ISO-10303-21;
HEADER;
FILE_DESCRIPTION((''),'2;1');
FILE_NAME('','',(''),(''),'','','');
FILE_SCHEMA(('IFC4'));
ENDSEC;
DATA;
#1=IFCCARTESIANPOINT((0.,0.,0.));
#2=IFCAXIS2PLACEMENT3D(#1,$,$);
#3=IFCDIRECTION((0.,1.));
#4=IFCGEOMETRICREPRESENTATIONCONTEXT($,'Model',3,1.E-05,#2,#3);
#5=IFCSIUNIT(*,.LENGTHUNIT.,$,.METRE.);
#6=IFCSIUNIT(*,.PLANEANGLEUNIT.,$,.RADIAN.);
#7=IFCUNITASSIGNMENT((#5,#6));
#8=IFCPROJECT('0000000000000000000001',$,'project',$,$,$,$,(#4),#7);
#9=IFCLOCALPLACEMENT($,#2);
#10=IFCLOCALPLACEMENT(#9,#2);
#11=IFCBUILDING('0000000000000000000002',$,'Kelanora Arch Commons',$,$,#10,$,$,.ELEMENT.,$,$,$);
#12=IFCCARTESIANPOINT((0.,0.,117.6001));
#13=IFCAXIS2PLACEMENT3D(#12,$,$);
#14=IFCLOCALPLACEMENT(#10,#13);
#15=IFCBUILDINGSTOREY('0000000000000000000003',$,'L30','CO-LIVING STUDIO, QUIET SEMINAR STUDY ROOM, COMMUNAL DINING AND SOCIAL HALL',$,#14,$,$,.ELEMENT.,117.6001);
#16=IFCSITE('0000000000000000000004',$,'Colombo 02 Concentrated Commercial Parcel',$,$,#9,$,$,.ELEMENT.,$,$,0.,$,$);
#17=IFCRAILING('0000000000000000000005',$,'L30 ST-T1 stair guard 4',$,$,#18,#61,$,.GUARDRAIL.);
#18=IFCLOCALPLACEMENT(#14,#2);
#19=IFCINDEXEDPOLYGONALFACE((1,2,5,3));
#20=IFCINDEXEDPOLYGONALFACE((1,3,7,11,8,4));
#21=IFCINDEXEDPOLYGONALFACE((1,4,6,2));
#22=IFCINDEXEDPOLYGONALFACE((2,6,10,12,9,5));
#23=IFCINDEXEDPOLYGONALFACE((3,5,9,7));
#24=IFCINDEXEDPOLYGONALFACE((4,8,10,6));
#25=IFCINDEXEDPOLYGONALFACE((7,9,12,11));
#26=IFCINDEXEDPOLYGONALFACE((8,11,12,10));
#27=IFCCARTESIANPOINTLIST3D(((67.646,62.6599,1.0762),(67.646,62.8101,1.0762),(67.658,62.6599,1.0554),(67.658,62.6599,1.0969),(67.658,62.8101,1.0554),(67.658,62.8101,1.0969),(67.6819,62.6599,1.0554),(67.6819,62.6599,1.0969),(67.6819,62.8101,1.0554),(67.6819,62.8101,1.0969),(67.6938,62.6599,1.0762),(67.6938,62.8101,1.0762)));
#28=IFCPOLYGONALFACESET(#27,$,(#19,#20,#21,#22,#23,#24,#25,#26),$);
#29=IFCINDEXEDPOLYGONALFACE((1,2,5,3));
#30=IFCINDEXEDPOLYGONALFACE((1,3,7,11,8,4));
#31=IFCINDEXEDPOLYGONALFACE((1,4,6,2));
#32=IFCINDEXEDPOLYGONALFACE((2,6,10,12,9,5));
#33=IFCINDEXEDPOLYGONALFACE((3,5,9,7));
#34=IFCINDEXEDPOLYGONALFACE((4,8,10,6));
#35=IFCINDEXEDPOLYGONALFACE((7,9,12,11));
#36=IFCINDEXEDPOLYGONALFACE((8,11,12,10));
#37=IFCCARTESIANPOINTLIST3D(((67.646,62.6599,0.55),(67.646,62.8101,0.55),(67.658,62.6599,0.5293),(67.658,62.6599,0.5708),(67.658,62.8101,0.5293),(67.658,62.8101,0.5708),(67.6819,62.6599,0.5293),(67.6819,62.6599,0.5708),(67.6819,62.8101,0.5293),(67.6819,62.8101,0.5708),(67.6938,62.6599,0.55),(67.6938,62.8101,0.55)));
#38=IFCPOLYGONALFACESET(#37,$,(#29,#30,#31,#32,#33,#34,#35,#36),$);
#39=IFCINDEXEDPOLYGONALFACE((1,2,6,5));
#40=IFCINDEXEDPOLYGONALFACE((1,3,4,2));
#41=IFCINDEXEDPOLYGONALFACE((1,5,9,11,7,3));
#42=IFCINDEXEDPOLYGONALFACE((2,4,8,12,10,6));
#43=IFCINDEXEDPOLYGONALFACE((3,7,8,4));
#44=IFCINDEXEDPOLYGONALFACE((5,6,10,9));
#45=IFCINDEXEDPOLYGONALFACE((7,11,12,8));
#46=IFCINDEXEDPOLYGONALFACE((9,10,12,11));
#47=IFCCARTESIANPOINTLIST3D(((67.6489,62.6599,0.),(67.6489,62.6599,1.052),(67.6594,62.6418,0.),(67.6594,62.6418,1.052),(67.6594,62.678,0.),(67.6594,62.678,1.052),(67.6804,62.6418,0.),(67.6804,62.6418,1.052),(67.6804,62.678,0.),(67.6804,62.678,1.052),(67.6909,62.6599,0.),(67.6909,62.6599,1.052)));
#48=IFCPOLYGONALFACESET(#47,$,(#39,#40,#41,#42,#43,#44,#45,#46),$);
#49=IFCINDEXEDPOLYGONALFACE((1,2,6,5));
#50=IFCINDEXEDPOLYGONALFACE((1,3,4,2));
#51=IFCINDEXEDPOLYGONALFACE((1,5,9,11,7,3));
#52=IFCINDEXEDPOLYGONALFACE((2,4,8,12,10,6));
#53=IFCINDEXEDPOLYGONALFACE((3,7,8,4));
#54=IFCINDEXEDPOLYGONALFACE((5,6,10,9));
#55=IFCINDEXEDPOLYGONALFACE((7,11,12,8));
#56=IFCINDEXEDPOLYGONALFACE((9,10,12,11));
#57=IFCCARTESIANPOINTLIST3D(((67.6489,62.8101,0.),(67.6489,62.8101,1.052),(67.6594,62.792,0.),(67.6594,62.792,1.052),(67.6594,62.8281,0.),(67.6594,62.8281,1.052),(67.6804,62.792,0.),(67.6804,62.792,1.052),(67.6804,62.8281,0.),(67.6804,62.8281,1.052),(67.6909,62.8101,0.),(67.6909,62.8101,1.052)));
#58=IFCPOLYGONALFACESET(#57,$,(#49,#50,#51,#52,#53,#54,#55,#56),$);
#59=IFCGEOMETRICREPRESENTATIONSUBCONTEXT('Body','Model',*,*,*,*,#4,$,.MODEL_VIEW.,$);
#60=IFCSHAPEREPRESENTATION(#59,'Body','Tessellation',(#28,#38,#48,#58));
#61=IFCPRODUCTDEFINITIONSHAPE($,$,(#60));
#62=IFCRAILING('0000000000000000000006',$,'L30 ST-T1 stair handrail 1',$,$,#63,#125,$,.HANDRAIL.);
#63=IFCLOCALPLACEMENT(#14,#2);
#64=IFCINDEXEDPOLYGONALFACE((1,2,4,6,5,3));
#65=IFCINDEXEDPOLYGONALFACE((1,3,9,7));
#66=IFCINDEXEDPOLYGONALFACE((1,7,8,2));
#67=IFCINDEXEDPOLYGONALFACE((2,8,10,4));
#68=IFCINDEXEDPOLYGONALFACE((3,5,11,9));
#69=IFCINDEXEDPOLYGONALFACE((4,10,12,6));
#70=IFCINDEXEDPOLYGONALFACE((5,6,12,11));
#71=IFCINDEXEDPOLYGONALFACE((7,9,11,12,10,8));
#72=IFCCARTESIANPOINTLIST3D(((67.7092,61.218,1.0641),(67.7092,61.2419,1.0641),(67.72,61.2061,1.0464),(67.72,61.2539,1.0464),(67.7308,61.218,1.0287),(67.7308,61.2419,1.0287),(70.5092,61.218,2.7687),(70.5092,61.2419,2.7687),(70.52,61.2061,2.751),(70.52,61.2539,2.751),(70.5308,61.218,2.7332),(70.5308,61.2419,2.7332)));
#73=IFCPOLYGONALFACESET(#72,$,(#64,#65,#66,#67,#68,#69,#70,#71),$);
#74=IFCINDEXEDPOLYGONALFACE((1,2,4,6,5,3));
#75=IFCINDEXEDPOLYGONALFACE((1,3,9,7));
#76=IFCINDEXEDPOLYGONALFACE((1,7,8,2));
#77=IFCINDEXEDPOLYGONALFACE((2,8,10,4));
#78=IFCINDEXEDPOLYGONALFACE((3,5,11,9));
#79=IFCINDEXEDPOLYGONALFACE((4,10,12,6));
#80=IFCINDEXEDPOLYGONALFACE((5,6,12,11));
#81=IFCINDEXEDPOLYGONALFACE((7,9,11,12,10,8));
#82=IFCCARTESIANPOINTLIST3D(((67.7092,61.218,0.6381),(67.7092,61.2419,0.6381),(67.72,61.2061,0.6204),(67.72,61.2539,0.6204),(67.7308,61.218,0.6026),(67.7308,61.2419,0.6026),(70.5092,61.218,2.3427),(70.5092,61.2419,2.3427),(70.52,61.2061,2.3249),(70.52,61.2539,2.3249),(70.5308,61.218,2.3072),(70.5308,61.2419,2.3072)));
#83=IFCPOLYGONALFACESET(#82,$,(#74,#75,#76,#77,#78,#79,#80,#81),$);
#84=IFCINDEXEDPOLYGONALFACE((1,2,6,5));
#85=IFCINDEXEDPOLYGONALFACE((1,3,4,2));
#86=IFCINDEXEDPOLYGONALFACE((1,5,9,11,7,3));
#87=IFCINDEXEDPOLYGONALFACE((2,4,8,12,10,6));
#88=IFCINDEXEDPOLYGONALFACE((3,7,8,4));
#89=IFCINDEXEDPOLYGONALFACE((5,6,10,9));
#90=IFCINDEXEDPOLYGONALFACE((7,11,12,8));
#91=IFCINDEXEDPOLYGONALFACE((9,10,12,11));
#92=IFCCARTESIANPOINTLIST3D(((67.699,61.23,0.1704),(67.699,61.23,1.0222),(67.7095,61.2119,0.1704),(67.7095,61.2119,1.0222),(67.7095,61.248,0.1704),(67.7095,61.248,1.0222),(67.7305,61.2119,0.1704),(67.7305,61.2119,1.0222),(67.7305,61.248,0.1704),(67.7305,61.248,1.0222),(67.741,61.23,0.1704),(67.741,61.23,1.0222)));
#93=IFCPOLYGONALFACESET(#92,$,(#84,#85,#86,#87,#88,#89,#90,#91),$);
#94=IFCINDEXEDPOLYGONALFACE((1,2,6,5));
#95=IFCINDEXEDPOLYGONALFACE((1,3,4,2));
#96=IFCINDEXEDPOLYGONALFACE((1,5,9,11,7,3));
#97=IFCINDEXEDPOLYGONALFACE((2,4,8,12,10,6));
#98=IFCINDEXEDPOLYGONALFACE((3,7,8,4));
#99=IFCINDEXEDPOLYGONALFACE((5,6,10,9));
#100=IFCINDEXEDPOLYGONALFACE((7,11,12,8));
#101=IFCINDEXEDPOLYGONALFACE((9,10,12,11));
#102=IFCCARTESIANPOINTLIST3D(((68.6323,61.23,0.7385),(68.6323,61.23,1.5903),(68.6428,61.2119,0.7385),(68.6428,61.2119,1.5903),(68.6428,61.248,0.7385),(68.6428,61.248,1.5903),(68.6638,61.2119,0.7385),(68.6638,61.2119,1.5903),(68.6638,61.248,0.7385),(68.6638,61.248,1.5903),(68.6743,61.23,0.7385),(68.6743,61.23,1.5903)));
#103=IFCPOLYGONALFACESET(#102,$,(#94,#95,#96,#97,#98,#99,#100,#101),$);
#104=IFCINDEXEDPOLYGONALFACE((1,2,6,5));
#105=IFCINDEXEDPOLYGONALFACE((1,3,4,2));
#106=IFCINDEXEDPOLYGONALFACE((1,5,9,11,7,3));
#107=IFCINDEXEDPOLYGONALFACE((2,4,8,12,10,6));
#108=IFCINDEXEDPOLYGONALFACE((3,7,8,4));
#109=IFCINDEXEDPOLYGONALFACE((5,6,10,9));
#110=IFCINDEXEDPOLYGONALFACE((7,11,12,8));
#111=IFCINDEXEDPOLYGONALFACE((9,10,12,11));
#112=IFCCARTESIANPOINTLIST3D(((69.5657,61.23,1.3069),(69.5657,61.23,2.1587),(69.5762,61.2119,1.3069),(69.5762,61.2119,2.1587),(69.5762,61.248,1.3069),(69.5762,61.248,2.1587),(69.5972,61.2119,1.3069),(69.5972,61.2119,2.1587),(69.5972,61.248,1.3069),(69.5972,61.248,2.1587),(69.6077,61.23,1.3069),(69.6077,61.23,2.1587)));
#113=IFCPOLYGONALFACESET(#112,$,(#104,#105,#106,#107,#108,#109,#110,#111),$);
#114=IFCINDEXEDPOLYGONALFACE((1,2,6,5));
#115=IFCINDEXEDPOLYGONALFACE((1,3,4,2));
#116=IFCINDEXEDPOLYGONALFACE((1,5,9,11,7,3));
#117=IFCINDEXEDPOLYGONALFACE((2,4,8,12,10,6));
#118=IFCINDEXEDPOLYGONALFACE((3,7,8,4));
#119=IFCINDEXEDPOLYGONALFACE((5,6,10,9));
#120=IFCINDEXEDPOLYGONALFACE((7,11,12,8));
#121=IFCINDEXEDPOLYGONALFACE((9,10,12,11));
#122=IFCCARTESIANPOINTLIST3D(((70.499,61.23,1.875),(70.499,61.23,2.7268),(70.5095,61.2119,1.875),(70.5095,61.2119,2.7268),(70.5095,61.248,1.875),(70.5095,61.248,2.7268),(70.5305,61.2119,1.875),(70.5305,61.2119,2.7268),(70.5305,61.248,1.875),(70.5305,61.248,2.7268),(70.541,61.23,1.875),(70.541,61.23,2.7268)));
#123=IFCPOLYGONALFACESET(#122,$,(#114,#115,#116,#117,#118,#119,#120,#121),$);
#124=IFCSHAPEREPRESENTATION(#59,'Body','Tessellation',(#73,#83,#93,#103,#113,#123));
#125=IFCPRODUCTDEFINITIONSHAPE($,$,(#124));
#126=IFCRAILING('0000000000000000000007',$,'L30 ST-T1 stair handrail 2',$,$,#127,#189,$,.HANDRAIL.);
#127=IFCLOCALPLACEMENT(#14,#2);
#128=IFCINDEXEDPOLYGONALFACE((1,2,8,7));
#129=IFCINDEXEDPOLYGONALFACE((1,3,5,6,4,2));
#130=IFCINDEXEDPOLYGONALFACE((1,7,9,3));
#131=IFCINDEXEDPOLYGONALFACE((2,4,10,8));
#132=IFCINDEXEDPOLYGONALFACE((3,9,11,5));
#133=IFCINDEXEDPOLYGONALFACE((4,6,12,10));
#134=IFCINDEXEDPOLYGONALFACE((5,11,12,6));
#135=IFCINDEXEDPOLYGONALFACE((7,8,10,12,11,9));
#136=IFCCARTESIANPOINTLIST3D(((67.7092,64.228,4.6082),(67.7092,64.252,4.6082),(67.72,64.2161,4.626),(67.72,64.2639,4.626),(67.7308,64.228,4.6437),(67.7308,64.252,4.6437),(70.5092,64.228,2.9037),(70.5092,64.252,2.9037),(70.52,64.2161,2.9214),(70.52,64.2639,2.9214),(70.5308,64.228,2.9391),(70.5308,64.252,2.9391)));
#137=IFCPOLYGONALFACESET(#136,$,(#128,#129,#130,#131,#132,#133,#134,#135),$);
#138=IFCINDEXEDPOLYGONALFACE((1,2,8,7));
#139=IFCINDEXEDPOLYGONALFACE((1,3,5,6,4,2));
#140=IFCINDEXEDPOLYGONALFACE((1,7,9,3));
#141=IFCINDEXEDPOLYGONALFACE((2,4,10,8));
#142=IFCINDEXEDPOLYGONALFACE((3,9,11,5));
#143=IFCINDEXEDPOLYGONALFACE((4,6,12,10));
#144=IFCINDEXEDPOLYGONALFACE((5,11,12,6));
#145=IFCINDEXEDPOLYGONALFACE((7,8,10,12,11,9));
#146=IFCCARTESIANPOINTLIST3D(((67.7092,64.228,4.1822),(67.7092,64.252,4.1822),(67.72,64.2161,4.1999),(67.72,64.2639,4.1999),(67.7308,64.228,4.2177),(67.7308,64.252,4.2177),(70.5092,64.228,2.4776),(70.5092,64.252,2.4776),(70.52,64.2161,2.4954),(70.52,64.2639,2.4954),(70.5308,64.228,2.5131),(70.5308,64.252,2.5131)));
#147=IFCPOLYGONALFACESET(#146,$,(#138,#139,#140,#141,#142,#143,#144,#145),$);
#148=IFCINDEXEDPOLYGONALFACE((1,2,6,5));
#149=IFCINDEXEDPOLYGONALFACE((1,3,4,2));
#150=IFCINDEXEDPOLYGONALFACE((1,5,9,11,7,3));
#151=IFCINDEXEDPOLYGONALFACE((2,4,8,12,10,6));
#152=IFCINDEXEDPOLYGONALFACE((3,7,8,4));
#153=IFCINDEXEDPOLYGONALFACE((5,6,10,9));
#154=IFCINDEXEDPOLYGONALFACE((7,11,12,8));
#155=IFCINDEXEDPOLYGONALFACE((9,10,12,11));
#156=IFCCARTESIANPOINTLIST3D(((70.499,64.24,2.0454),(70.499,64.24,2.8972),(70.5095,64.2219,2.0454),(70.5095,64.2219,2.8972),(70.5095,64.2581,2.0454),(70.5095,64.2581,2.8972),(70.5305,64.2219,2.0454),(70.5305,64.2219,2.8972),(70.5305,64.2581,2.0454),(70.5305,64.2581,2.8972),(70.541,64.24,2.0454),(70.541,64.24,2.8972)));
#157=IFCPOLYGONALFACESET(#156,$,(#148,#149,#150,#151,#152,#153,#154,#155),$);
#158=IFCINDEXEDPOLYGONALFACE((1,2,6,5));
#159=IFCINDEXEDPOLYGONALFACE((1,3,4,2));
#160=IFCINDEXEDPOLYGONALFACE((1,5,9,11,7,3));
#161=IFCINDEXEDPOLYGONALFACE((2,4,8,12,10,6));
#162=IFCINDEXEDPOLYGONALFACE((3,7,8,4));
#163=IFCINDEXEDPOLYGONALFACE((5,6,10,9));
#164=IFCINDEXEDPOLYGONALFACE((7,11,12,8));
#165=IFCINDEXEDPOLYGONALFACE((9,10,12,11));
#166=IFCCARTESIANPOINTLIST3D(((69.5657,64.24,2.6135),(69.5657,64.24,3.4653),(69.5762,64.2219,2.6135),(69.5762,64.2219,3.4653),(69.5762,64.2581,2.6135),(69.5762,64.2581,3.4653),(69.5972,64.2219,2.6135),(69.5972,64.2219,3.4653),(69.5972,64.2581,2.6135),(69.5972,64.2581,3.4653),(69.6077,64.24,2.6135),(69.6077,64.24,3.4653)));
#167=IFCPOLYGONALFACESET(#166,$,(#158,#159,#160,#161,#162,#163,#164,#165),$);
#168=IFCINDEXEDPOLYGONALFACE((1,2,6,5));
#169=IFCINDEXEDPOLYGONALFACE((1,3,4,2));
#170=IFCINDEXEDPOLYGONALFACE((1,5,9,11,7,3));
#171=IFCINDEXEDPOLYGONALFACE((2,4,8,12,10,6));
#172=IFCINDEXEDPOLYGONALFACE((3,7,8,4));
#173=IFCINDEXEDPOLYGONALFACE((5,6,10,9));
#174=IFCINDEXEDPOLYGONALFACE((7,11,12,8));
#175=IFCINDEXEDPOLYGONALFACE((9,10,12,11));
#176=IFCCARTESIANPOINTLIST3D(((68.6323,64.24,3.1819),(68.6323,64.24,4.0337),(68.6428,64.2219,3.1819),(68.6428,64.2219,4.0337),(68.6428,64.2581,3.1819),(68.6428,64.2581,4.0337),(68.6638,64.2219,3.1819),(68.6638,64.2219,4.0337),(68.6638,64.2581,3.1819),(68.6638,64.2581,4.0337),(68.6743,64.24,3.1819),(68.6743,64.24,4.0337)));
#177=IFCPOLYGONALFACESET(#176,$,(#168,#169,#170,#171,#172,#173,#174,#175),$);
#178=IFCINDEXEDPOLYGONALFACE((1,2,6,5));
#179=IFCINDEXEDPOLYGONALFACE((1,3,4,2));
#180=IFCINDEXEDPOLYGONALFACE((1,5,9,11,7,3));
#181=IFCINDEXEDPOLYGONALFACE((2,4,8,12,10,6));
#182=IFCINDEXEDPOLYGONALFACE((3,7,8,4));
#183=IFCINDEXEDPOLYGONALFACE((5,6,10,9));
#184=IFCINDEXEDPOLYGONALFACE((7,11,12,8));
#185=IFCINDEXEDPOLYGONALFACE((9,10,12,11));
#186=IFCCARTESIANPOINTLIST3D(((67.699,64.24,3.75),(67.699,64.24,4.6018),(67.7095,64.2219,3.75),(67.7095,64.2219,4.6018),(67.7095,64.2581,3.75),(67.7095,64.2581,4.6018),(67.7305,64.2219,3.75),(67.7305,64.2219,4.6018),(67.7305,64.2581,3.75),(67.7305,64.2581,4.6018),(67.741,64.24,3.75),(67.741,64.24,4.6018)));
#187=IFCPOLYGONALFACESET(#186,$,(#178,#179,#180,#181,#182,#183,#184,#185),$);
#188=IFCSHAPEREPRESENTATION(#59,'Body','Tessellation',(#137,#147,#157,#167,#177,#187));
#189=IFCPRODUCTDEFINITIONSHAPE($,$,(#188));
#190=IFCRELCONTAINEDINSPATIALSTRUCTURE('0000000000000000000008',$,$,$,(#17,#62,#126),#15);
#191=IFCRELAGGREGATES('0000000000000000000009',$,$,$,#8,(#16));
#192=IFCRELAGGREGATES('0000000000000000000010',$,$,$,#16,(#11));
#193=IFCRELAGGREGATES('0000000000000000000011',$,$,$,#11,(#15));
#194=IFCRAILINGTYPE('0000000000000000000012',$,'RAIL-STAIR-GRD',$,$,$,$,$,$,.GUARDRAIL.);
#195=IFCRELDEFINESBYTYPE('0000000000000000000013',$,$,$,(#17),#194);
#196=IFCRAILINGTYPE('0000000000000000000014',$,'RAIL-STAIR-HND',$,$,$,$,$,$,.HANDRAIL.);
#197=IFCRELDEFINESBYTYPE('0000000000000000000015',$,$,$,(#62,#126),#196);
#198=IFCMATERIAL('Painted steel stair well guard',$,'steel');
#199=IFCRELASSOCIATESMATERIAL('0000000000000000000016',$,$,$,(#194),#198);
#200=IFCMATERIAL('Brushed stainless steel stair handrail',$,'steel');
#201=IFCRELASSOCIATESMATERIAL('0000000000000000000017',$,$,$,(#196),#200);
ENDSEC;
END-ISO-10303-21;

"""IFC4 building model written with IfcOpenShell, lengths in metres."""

from ifc_helpers import new_model, si_unit, direction, frame, origin, place, context, subcontext, project, spatial, polyline, outline, extrude, material, type_object, element, save


model = new_model("IFC4")

# Units and contexts
model_context = context("Model", 3, precision=1e-05, world=origin(), true_north=direction((0.0, 1.0)))
body_context = subcontext(model_context, "Body", "Model", "MODEL_VIEW")
ifc_project = project(units=[si_unit("LENGTHUNIT", "METRE"), si_unit("PLANEANGLEUNIT", "RADIAN")], contexts=[model_context])

# Site, building, storey
site_placement = place(None, origin())
site = spatial("IfcSite", under=ifc_project, at=site_placement, Name="Colombo 02 Concentrated Commercial Parcel", CompositionType="ELEMENT", RefElevation=0.0)
building_placement = place(site_placement, origin())
building = spatial("IfcBuilding", under=site, at=building_placement, Name="Kelanora Arch Commons", CompositionType="ELEMENT")
storey_placement = place(building_placement, frame((0.0, 0.0, 117.6001)))
storey = spatial("IfcBuildingStorey", under=building, at=storey_placement, Name="L30", Description="CO-LIVING STUDIO, QUIET SEMINAR STUDY ROOM, COMMUNAL DINING AND SOCIAL HALL", CompositionType="ELEMENT", Elevation=117.6001)

# Railings
ifc_material_1 = material(Name="Painted steel stair well guard", Category="steel")
railing_type_1 = type_object("IfcRailingType", Name="RAIL-STAIR-GRD", PredefinedType="GUARDRAIL", material=ifc_material_1)
railing_1_placement = place(storey_placement, frame((67.6699, 62.6599, 0.0)))
element("IfcRailing", 1, at=railing_1_placement, inside=storey, type_object=railing_type_1, Name="L30 ST-T1 stair guard 4", PredefinedType="GUARDRAIL", context=body_context, shape_type="SweptSolid", body=[
    extrude(outline(polyline([(0.0239, 0.0), (0.012, 0.0208), (-0.012, 0.0208), (-0.0239, 0.0), (-0.012, -0.0208), (0.012, -0.0208), (0.0239, 0.0)])), frame((0.0, 0.0, 1.0762), z_axis=(0.0, 1.0, 0.0), x_axis=(-1.0, 0.0, 0.0)), (0.0, 0.0, 1.0), 0.1501),
    extrude(outline(polyline([(0.0239, 0.0), (0.012, 0.0208), (-0.012, 0.0208), (-0.0239, 0.0), (-0.012, -0.0208), (0.012, -0.0208), (0.0239, 0.0)])), frame((0.0, 0.0, 0.55), z_axis=(0.0, 1.0, 0.0), x_axis=(-1.0, 0.0, 0.0)), (0.0, 0.0, 1.0), 0.1501),
    extrude(outline(polyline([(0.021, 0.0), (0.0105, 0.0181), (-0.0105, 0.0181), (-0.021, 0.0), (-0.0105, -0.0181), (0.0105, -0.0181), (0.021, 0.0)])), origin(), (0.0, 0.0, 1.0), 1.052),
    extrude(outline(polyline([(0.021, 0.0), (0.0105, 0.0181), (-0.0105, 0.0181), (-0.021, 0.0), (-0.0105, -0.0181), (0.0105, -0.0181), (0.021, 0.0)])), frame((0.0, 0.1501, 0.0)), (0.0, 0.0, 1.0), 1.052),
])
ifc_material_2 = material(Name="Brushed stainless steel stair handrail", Category="steel")
railing_type_2 = type_object("IfcRailingType", Name="RAIL-STAIR-HND", PredefinedType="HANDRAIL", material=ifc_material_2)
railing_2_placement = place(storey_placement, frame((67.72, 61.23, 0.1704)))
element("IfcRailing", 2, at=railing_2_placement, inside=storey, type_object=railing_type_2, Name="L30 ST-T1 stair handrail 1", PredefinedType="HANDRAIL", context=body_context, shape_type="SweptSolid", body=[
    extrude(outline(polyline([(0.0239, 0.0), (0.012, 0.0208), (-0.012, 0.0208), (-0.0239, 0.0), (-0.012, -0.0208), (0.012, -0.0208), (0.0239, 0.0)])), frame((0.0, 0.0, 0.876), z_axis=(0.85417, 0.0, 0.519994), x_axis=(0.0, 1.0, 0.0)), (0.0, 0.0, 1.0), 3.2781),
    extrude(outline(polyline([(0.0239, 0.0), (0.012, 0.0208), (-0.012, 0.0208), (-0.0239, 0.0), (-0.012, -0.0208), (0.012, -0.0208), (0.0239, 0.0)])), frame((0.0, 0.0, 0.45), z_axis=(0.85417, 0.0, 0.519994), x_axis=(0.0, 1.0, 0.0)), (0.0, 0.0, 1.0), 3.2781),
    extrude(outline(polyline([(0.021, 0.0), (0.0105, 0.0181), (-0.0105, 0.0181), (-0.021, 0.0), (-0.0105, -0.0181), (0.0105, -0.0181), (0.021, 0.0)])), origin(), (0.0, 0.0, 1.0), 0.8518),
    extrude(outline(polyline([(0.021, 0.0), (0.0105, 0.0181), (-0.0105, 0.0181), (-0.021, 0.0), (-0.0105, -0.0181), (0.0105, -0.0181), (0.021, 0.0)])), frame((0.9333, 0.0, 0.5681)), (0.0, 0.0, 1.0), 0.8518),
    extrude(outline(polyline([(0.021, 0.0), (0.0105, 0.0181), (-0.0105, 0.0181), (-0.021, 0.0), (-0.0105, -0.0181), (0.0105, -0.0181), (0.021, 0.0)])), frame((1.8667, 0.0, 1.1365)), (0.0, 0.0, 1.0), 0.8518),
    extrude(outline(polyline([(0.021, 0.0), (0.0105, 0.0181), (-0.0105, 0.0181), (-0.021, 0.0), (-0.0105, -0.0181), (0.0105, -0.0181), (0.021, 0.0)])), frame((2.8, 0.0, 1.7046)), (0.0, 0.0, 1.0), 0.8518),
])
railing_3_placement = place(storey_placement, frame((70.52, 64.24, 2.0454)))
element("IfcRailing", 3, at=railing_3_placement, inside=storey, type_object=railing_type_2, Name="L30 ST-T1 stair handrail 2", PredefinedType="HANDRAIL", context=body_context, shape_type="SweptSolid", body=[
    extrude(outline(polyline([(0.0239, 0.0), (0.012, 0.0208), (-0.012, 0.0208), (-0.0239, 0.0), (-0.012, -0.0208), (0.012, -0.0208), (0.0239, 0.0)])), frame((0.0, 0.0, 0.876), z_axis=(-0.85417, 0.0, 0.519994), x_axis=(0.0, -1.0, 0.0)), (0.0, 0.0, 1.0), 3.2781),
    extrude(outline(polyline([(0.0239, 0.0), (0.012, 0.0208), (-0.012, 0.0208), (-0.0239, 0.0), (-0.012, -0.0208), (0.012, -0.0208), (0.0239, 0.0)])), frame((0.0, 0.0, 0.45), z_axis=(-0.85417, 0.0, 0.519994), x_axis=(0.0, -1.0, 0.0)), (0.0, 0.0, 1.0), 3.2781),
    extrude(outline(polyline([(0.021, 0.0), (0.0105, 0.0181), (-0.0105, 0.0181), (-0.021, 0.0), (-0.0105, -0.0181), (0.0105, -0.0181), (0.021, 0.0)])), origin(), (0.0, 0.0, 1.0), 0.8518),
    extrude(outline(polyline([(0.021, 0.0), (0.0105, 0.0181), (-0.0105, 0.0181), (-0.021, 0.0), (-0.0105, -0.0181), (0.0105, -0.0181), (0.021, 0.0)])), frame((-0.9333, 0.0, 0.5681)), (0.0, 0.0, 1.0), 0.8518),
    extrude(outline(polyline([(0.021, 0.0), (0.0105, 0.0181), (-0.0105, 0.0181), (-0.021, 0.0), (-0.0105, -0.0181), (0.0105, -0.0181), (0.021, 0.0)])), frame((-1.8667, 0.0, 1.1365)), (0.0, 0.0, 1.0), 0.8518),
    extrude(outline(polyline([(0.021, 0.0), (0.0105, 0.0181), (-0.0105, 0.0181), (-0.021, 0.0), (-0.0105, -0.0181), (0.0105, -0.0181), (0.021, 0.0)])), frame((-2.8, 0.0, 1.7046)), (0.0, 0.0, 1.0), 0.8518),
])

save(model, "model.ifc")
